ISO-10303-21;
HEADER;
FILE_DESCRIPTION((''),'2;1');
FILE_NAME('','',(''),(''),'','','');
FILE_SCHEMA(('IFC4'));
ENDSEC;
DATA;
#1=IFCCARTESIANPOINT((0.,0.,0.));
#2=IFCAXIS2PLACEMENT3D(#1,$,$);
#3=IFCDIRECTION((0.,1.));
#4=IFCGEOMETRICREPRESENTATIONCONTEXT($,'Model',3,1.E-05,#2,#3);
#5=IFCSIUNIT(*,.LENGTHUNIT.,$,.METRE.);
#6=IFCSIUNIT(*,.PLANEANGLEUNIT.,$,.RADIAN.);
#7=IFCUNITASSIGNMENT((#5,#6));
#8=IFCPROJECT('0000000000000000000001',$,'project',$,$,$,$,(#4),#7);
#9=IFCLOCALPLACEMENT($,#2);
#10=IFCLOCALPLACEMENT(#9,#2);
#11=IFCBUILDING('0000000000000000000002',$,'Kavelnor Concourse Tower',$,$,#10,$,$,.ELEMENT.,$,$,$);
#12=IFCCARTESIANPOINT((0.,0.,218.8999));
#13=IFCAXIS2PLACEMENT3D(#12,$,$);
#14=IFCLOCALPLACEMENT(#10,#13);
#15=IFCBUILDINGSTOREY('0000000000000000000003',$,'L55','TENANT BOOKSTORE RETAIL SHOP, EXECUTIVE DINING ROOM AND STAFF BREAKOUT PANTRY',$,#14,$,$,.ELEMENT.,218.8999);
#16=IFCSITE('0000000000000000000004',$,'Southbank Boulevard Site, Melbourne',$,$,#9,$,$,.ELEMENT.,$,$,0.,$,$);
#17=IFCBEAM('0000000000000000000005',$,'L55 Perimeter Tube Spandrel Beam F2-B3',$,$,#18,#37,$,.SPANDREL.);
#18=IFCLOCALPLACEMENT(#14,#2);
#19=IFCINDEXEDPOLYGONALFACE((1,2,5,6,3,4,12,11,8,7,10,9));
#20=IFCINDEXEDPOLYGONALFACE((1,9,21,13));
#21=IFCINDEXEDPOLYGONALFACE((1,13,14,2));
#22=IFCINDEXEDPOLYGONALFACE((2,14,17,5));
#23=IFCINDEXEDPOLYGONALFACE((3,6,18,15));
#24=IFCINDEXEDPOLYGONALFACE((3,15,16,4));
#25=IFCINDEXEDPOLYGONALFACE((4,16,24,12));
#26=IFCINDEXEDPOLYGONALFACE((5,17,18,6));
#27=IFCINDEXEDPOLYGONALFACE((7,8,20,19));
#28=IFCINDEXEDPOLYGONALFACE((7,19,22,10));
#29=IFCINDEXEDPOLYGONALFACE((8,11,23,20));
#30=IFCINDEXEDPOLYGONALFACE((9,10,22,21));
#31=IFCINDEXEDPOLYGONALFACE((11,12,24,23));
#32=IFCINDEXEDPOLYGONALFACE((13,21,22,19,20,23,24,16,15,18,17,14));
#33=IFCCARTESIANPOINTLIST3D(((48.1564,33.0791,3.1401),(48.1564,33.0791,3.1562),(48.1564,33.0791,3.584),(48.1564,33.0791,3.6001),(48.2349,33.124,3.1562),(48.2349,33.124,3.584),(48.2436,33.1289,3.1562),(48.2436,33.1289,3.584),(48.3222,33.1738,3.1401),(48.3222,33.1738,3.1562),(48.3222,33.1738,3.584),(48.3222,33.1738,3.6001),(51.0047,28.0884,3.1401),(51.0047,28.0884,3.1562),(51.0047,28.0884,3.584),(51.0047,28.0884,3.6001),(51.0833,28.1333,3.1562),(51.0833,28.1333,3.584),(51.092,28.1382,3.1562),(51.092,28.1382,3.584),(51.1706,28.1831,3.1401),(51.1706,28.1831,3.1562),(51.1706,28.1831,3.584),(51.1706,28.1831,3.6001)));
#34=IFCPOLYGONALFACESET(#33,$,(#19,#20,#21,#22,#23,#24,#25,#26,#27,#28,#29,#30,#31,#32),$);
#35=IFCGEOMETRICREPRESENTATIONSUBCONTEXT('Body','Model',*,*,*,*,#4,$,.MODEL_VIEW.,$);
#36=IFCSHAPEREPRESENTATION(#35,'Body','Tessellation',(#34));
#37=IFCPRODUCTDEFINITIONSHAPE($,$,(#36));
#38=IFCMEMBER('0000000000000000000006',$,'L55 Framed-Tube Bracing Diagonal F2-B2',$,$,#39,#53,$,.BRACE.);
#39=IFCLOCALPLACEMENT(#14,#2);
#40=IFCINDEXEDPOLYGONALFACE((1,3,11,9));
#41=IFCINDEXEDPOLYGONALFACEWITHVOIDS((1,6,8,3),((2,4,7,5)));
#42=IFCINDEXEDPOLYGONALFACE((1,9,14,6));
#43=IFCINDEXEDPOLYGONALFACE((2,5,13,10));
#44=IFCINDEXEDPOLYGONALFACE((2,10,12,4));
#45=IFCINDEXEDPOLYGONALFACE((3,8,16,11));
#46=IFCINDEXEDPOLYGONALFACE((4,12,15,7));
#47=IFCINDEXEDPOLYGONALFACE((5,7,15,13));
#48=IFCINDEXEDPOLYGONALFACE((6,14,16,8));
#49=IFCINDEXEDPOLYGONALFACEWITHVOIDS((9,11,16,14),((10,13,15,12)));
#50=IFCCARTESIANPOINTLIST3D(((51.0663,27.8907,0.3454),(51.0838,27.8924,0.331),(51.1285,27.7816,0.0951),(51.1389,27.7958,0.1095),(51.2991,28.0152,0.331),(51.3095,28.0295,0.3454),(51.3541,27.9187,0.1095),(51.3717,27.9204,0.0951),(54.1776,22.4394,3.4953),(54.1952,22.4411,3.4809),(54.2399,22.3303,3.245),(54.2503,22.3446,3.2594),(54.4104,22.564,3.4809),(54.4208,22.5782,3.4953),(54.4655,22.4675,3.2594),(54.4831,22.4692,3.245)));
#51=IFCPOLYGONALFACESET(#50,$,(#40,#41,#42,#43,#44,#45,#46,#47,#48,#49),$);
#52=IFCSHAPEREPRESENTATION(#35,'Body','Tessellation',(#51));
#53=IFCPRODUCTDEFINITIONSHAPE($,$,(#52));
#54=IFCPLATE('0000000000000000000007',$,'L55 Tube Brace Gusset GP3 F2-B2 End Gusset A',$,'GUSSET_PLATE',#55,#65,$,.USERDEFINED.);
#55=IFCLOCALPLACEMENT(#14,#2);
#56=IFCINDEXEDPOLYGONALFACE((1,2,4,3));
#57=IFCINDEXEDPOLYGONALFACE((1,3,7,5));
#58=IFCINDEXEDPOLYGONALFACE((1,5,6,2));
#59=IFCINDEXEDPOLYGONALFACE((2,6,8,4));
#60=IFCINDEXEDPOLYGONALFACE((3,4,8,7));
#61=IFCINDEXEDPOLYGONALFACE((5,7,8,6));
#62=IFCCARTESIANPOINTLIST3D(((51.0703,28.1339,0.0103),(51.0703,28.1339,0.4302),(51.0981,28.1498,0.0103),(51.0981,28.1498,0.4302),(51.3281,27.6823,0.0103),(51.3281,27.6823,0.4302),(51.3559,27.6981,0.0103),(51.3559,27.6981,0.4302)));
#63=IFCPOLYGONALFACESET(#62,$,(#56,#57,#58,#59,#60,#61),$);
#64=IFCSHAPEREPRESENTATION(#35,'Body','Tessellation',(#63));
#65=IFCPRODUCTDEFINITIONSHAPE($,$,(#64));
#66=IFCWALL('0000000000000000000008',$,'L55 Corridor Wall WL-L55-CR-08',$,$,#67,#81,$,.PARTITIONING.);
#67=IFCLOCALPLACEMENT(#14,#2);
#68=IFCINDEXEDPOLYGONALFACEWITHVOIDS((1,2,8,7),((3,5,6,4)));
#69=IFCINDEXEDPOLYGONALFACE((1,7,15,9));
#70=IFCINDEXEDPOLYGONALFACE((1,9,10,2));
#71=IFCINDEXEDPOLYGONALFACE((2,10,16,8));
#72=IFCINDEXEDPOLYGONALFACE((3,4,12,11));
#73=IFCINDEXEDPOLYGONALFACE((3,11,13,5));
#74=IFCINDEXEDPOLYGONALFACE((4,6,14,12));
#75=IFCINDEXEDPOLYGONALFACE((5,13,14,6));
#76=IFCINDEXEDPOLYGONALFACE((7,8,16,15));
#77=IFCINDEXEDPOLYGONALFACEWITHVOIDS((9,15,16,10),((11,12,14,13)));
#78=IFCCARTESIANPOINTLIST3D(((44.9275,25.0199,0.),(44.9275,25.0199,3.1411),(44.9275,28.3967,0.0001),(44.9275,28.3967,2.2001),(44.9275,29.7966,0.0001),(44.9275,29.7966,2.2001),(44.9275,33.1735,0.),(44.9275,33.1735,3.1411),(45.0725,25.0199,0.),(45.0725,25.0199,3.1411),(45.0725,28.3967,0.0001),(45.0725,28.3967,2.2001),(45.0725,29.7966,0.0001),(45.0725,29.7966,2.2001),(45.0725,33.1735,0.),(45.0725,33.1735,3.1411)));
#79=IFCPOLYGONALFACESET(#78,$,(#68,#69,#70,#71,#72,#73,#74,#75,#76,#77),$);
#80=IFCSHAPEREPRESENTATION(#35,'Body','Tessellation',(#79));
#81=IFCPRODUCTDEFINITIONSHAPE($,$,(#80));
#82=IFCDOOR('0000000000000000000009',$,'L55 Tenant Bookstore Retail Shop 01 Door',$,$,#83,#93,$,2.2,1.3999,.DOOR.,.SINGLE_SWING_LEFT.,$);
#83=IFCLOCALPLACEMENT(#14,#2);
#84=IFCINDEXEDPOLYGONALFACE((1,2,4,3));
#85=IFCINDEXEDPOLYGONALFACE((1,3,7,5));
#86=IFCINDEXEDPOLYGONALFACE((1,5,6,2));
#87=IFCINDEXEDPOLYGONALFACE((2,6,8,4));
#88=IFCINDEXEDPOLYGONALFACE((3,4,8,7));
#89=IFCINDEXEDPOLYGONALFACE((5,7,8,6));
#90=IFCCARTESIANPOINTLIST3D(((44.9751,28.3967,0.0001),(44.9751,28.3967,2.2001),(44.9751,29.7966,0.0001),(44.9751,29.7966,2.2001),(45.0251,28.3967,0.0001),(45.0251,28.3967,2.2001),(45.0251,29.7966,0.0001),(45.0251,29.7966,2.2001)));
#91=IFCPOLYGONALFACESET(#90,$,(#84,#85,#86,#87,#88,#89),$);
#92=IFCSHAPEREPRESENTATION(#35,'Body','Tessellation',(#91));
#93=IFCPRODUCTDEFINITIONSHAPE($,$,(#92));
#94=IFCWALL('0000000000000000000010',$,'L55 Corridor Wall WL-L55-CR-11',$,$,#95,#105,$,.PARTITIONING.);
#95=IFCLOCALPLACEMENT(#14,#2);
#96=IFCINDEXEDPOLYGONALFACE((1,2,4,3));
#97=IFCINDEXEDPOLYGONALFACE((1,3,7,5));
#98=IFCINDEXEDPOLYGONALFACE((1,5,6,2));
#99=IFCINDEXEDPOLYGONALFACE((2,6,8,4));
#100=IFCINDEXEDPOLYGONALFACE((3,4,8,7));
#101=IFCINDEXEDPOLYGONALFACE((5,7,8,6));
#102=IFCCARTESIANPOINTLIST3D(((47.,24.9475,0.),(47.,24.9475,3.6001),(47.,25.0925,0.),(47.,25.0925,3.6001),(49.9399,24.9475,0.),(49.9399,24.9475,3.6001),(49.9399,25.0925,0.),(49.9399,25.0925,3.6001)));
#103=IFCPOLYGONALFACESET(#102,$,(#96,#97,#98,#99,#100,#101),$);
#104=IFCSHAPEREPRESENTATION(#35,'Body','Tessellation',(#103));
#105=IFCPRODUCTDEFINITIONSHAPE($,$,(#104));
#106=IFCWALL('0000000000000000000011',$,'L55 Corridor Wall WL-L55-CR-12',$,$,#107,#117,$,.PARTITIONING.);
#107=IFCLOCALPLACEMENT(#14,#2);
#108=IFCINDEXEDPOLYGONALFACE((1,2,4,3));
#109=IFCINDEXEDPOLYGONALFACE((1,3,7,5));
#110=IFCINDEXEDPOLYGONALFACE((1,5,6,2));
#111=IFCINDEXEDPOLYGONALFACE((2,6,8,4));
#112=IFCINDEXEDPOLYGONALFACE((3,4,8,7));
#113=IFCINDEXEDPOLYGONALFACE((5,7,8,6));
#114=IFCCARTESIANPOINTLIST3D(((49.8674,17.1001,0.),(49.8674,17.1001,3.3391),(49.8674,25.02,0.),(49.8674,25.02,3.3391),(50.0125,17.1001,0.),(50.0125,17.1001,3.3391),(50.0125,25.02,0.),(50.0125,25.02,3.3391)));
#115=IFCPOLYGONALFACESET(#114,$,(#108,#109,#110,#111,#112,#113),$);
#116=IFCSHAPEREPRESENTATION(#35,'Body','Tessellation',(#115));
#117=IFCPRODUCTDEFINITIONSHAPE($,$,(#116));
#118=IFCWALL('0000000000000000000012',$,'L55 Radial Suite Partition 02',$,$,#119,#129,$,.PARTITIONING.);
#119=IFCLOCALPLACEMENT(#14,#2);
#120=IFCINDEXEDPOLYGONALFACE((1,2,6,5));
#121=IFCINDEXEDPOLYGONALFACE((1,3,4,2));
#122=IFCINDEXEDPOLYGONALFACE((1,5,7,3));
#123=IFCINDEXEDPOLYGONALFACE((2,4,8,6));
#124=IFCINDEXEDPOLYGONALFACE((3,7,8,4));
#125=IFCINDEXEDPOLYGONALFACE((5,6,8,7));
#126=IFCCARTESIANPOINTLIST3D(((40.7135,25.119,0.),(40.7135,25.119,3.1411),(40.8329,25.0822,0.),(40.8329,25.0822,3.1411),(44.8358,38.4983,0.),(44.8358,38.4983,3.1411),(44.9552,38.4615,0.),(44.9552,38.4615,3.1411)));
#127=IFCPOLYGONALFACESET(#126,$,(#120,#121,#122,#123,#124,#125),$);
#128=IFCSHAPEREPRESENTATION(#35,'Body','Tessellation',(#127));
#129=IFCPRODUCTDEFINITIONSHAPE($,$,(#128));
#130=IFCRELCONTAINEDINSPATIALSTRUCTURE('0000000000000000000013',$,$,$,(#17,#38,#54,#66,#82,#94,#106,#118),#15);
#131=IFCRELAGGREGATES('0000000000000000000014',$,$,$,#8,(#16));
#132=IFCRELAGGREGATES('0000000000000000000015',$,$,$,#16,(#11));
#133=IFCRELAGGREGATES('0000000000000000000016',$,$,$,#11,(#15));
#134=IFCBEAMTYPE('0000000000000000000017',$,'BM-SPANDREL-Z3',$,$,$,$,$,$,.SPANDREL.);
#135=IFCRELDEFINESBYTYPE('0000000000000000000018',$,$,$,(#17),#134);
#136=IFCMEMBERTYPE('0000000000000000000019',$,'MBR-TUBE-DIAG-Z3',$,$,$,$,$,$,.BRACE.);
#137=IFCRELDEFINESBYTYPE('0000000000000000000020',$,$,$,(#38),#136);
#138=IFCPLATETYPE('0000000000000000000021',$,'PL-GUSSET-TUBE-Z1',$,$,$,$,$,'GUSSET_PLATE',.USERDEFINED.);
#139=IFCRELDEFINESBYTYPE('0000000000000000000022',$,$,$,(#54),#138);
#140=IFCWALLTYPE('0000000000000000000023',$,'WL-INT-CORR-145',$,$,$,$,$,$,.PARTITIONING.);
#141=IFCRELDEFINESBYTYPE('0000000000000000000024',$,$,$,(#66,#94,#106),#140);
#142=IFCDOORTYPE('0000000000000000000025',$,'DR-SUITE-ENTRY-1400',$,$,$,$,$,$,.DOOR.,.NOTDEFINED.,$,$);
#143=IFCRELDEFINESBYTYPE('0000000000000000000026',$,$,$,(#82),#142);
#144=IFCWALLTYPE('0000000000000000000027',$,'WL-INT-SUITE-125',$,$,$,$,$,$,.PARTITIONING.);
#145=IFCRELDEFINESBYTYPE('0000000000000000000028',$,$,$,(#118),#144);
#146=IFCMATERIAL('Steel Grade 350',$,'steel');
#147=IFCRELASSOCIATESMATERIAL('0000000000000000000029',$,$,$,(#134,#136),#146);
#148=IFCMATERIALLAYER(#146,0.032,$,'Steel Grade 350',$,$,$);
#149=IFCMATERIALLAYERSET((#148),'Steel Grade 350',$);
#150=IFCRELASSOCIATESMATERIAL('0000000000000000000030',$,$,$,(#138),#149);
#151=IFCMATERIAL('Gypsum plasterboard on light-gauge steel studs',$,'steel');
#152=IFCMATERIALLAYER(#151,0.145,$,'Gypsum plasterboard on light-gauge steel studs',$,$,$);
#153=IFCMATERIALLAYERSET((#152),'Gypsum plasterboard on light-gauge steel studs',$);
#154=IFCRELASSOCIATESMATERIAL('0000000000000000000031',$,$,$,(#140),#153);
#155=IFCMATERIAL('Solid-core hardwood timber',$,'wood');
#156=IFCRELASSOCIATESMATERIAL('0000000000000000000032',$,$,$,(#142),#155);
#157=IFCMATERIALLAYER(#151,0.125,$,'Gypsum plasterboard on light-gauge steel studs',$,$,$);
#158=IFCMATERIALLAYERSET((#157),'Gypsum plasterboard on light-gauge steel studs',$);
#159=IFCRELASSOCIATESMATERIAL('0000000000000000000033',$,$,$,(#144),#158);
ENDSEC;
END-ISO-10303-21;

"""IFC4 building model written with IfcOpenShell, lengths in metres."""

from ifc_helpers import new_model, si_unit, direction, frame, frame_2d, origin, origin_2d, place, context, subcontext, project, spatial, rectangle, hollow_rectangle, i_section, extrude, material, layer, layer_set, material_profile, profile_set, type_object, element, fill, save


model = new_model("IFC4")

# Units and contexts
model_context = context("Model", 3, precision=1e-05, world=origin(), true_north=direction((0.0, 1.0)))
body_context = subcontext(model_context, "Body", "Model", "MODEL_VIEW")
ifc_project = project(units=[si_unit("LENGTHUNIT", "METRE"), si_unit("PLANEANGLEUNIT", "RADIAN")], contexts=[model_context])

# Site, building, storey
site_placement = place(None, origin())
site = spatial("IfcSite", under=ifc_project, at=site_placement, Name="Southbank Boulevard Site, Melbourne", CompositionType="ELEMENT", RefElevation=0.0)
building_placement = place(site_placement, origin())
building = spatial("IfcBuilding", under=site, at=building_placement, Name="Kavelnor Concourse Tower", CompositionType="ELEMENT")
storey_placement = place(building_placement, frame((0.0, 0.0, 218.8999)))
storey = spatial("IfcBuildingStorey", under=building, at=storey_placement, Name="L55", Description="TENANT BOOKSTORE RETAIL SHOP, EXECUTIVE DINING ROOM AND STAFF BREAKOUT PANTRY", CompositionType="ELEMENT", Elevation=218.8999)

# Shared definitions
ifc_material_1 = material(Name="Steel Grade 350", Category="steel")

# Beam
ifc_material_profile_1 = material_profile(ifc_material_1, i_section(OverallWidth=0.1909, OverallDepth=0.46, WebThickness=0.01, FlangeThickness=0.0161, at=origin_2d()), Name="460UB82")
ifc_profile_set_1 = profile_set([ifc_material_profile_1], Name="Steel Grade 350")
beam_type_1 = type_object("IfcBeamType", Name="BM-SPANDREL-Z3", PredefinedType="SPANDREL", material=ifc_profile_set_1)
beam_1_placement = place(storey_placement, frame((51.0876, 28.1357, 3.3701), z_axis=(-0.495686, 0.868502, 0.0), x_axis=(-0.868502, -0.495686, 0.0)))
element("IfcBeam", 1, at=beam_1_placement, inside=storey, type_object=beam_type_1, Name="L55 Perimeter Tube Spandrel Beam F2-B3", PredefinedType="SPANDREL", context=body_context, shape_type="SweptSolid", body=[
    extrude(i_section(OverallWidth=0.1909, OverallDepth=0.46, WebThickness=0.01, FlangeThickness=0.0161, at=origin_2d()), origin(), (0.0, 0.0, 1.0), 5.7463),
])

# Member
ifc_material_profile_2 = material_profile(ifc_material_1, hollow_rectangle(XDim=0.28, YDim=0.28, WallThickness=0.0161, at=origin_2d()), Name="SHS 280x280x16")
ifc_profile_set_2 = profile_set([ifc_material_profile_2], Name="Steel Grade 350")
member_type = type_object("IfcMemberType", Name="MBR-TUBE-DIAG-Z3", PredefinedType="BRACE", material=ifc_profile_set_2)
member_placement = place(storey_placement, frame((51.219, 27.9055, 0.2202), z_axis=(0.443042, -0.776228, 0.448535), x_axis=(0.868492, 0.495703, 0.0)))
element("IfcMember", 2, at=member_placement, inside=storey, type_object=member_type, Name="L55 Framed-Tube Bracing Diagonal F2-B2", PredefinedType="BRACE", context=body_context, shape_type="SweptSolid", body=[
    extrude(hollow_rectangle(XDim=0.28, YDim=0.28, WallThickness=0.0161, at=origin_2d()), origin(), (0.0, 0.0, 1.0), 7.0227),
])

# Plate
ifc_layer_1 = layer(ifc_material_1, 0.032, Name="Steel Grade 350")
ifc_layer_set_1 = layer_set([ifc_layer_1], Name="Steel Grade 350")
plate_type = type_object("IfcPlateType", Name="PL-GUSSET-TUBE-Z1", ElementType="GUSSET_PLATE", PredefinedType="USERDEFINED", material=ifc_layer_set_1)
plate_placement = place(storey_placement, frame((51.2131, 27.916, 0.0103), z_axis=(0.0, 0.0, 1.0), x_axis=(0.495762, -0.868459, 0.0)))
element("IfcPlate", 3, at=plate_placement, inside=storey, type_object=plate_type, Name="L55 Tube Brace Gusset GP3 F2-B2 End Gusset A", ObjectType="GUSSET_PLATE", PredefinedType="USERDEFINED", context=body_context, shape_type="SweptSolid", body=[
    extrude(rectangle(XDim=0.52, YDim=0.032, at=origin_2d()), origin(), (0.0, 0.0, 1.0), 0.4199),
])

# Wall, opening, door
ifc_material_2 = material(Name="Gypsum plasterboard on light-gauge steel studs", Category="steel")
ifc_layer_2 = layer(ifc_material_2, 0.145, Name="Gypsum plasterboard on light-gauge steel studs")
ifc_layer_set_2 = layer_set([ifc_layer_2], Name="Gypsum plasterboard on light-gauge steel studs")
wall_type_1 = type_object("IfcWallType", Name="WL-INT-CORR-145", PredefinedType="PARTITIONING", material=ifc_layer_set_2)
wall_1_placement = place(storey_placement, frame((45.0, 25.02, 0.0), z_axis=(0.0, 0.0, 1.0), x_axis=(0.0, 1.0, 0.0)))
wall_1 = element("IfcWall", 4, at=wall_1_placement, inside=storey, type_object=wall_type_1, Name="L55 Corridor Wall WL-L55-CR-08", PredefinedType="PARTITIONING", context=body_context, shape_type="SweptSolid", body=[
    extrude(rectangle(XDim=8.1536, YDim=0.145, at=frame_2d((4.0767, 0.0))), origin(), (0.0, 0.0, 1.0), 3.1411),
])
opening_placement = place(wall_1_placement, frame((3.3767, 0.0, 0.0)))
opening = element("IfcOpeningElement", 5, at=opening_placement, cuts=wall_1, PredefinedType="OPENING", context=body_context, shape_type="SweptSolid", body=[
    extrude(rectangle(XDim=1.3999, YDim=2.2, at=frame_2d((0.7, 1.1001))), frame((0.0, 0.0825, 0.0), z_axis=(0.0, -1.0, 0.0), x_axis=(1.0, 0.0, 0.0)), (0.0, 0.0, 1.0), 0.165),
])
ifc_material_3 = material(Name="Solid-core hardwood timber", Category="wood")
door_type = type_object("IfcDoorType", Name="DR-SUITE-ENTRY-1400", OperationType="NOTDEFINED", PredefinedType="DOOR", material=ifc_material_3)
door_placement = place(opening_placement, origin())
door = element("IfcDoor", 6, at=door_placement, inside=storey, type_object=door_type, Name="L55 Tenant Bookstore Retail Shop 01 Door", OperationType="SINGLE_SWING_LEFT", OverallHeight=2.2, OverallWidth=1.3999, PredefinedType="DOOR", context=body_context, shape_type="SweptSolid", body=[
    extrude(rectangle(XDim=1.3999, YDim=2.2, at=frame_2d((0.7, 1.1001))), frame((0.0, 0.0249, 0.0), z_axis=(0.0, -1.0, 0.0), x_axis=(1.0, 0.0, 0.0)), (0.0, 0.0, 1.0), 0.05),
])
fill(opening, door)

# Walls
wall_2_placement = place(storey_placement, frame((47.0, 25.02, 0.0), z_axis=(0.0, 0.0, 1.0), x_axis=(1.0, 0.0, 0.0)))
element("IfcWall", 7, at=wall_2_placement, inside=storey, type_object=wall_type_1, Name="L55 Corridor Wall WL-L55-CR-11", PredefinedType="PARTITIONING", context=body_context, shape_type="SweptSolid", body=[
    extrude(rectangle(XDim=2.9399, YDim=0.145, at=frame_2d((1.47, 0.0))), origin(), (0.0, 0.0, 1.0), 3.6001),
])
wall_3_placement = place(storey_placement, frame((49.9399, 25.02, 0.0), z_axis=(0.0, 0.0, 1.0), x_axis=(0.0, -1.0, 0.0)))
element("IfcWall", 8, at=wall_3_placement, inside=storey, type_object=wall_type_1, Name="L55 Corridor Wall WL-L55-CR-12", PredefinedType="PARTITIONING", context=body_context, shape_type="SweptSolid", body=[
    extrude(rectangle(XDim=7.9199, YDim=0.145, at=frame_2d((3.96, 0.0))), origin(), (0.0, 0.0, 1.0), 3.3391),
])
ifc_layer_3 = layer(ifc_material_2, 0.125, Name="Gypsum plasterboard on light-gauge steel studs")
ifc_layer_set_3 = layer_set([ifc_layer_3], Name="Gypsum plasterboard on light-gauge steel studs")
wall_type_2 = type_object("IfcWallType", Name="WL-INT-SUITE-125", PredefinedType="PARTITIONING", material=ifc_layer_set_3)
wall_4_placement = place(storey_placement, frame((40.7732, 25.1006, 0.0), z_axis=(0.0, 0.0, 1.0), x_axis=(0.29445, 0.955667, 0.0)))
element("IfcWall", 9, at=wall_4_placement, inside=storey, type_object=wall_type_2, Name="L55 Radial Suite Partition 02", PredefinedType="PARTITIONING", context=body_context, shape_type="SweptSolid", body=[
    extrude(rectangle(XDim=14.0, YDim=0.125, at=frame_2d((7.0, 0.0))), origin(), (0.0, 0.0, 1.0), 3.1411),
])

save(model, "model.ifc")
